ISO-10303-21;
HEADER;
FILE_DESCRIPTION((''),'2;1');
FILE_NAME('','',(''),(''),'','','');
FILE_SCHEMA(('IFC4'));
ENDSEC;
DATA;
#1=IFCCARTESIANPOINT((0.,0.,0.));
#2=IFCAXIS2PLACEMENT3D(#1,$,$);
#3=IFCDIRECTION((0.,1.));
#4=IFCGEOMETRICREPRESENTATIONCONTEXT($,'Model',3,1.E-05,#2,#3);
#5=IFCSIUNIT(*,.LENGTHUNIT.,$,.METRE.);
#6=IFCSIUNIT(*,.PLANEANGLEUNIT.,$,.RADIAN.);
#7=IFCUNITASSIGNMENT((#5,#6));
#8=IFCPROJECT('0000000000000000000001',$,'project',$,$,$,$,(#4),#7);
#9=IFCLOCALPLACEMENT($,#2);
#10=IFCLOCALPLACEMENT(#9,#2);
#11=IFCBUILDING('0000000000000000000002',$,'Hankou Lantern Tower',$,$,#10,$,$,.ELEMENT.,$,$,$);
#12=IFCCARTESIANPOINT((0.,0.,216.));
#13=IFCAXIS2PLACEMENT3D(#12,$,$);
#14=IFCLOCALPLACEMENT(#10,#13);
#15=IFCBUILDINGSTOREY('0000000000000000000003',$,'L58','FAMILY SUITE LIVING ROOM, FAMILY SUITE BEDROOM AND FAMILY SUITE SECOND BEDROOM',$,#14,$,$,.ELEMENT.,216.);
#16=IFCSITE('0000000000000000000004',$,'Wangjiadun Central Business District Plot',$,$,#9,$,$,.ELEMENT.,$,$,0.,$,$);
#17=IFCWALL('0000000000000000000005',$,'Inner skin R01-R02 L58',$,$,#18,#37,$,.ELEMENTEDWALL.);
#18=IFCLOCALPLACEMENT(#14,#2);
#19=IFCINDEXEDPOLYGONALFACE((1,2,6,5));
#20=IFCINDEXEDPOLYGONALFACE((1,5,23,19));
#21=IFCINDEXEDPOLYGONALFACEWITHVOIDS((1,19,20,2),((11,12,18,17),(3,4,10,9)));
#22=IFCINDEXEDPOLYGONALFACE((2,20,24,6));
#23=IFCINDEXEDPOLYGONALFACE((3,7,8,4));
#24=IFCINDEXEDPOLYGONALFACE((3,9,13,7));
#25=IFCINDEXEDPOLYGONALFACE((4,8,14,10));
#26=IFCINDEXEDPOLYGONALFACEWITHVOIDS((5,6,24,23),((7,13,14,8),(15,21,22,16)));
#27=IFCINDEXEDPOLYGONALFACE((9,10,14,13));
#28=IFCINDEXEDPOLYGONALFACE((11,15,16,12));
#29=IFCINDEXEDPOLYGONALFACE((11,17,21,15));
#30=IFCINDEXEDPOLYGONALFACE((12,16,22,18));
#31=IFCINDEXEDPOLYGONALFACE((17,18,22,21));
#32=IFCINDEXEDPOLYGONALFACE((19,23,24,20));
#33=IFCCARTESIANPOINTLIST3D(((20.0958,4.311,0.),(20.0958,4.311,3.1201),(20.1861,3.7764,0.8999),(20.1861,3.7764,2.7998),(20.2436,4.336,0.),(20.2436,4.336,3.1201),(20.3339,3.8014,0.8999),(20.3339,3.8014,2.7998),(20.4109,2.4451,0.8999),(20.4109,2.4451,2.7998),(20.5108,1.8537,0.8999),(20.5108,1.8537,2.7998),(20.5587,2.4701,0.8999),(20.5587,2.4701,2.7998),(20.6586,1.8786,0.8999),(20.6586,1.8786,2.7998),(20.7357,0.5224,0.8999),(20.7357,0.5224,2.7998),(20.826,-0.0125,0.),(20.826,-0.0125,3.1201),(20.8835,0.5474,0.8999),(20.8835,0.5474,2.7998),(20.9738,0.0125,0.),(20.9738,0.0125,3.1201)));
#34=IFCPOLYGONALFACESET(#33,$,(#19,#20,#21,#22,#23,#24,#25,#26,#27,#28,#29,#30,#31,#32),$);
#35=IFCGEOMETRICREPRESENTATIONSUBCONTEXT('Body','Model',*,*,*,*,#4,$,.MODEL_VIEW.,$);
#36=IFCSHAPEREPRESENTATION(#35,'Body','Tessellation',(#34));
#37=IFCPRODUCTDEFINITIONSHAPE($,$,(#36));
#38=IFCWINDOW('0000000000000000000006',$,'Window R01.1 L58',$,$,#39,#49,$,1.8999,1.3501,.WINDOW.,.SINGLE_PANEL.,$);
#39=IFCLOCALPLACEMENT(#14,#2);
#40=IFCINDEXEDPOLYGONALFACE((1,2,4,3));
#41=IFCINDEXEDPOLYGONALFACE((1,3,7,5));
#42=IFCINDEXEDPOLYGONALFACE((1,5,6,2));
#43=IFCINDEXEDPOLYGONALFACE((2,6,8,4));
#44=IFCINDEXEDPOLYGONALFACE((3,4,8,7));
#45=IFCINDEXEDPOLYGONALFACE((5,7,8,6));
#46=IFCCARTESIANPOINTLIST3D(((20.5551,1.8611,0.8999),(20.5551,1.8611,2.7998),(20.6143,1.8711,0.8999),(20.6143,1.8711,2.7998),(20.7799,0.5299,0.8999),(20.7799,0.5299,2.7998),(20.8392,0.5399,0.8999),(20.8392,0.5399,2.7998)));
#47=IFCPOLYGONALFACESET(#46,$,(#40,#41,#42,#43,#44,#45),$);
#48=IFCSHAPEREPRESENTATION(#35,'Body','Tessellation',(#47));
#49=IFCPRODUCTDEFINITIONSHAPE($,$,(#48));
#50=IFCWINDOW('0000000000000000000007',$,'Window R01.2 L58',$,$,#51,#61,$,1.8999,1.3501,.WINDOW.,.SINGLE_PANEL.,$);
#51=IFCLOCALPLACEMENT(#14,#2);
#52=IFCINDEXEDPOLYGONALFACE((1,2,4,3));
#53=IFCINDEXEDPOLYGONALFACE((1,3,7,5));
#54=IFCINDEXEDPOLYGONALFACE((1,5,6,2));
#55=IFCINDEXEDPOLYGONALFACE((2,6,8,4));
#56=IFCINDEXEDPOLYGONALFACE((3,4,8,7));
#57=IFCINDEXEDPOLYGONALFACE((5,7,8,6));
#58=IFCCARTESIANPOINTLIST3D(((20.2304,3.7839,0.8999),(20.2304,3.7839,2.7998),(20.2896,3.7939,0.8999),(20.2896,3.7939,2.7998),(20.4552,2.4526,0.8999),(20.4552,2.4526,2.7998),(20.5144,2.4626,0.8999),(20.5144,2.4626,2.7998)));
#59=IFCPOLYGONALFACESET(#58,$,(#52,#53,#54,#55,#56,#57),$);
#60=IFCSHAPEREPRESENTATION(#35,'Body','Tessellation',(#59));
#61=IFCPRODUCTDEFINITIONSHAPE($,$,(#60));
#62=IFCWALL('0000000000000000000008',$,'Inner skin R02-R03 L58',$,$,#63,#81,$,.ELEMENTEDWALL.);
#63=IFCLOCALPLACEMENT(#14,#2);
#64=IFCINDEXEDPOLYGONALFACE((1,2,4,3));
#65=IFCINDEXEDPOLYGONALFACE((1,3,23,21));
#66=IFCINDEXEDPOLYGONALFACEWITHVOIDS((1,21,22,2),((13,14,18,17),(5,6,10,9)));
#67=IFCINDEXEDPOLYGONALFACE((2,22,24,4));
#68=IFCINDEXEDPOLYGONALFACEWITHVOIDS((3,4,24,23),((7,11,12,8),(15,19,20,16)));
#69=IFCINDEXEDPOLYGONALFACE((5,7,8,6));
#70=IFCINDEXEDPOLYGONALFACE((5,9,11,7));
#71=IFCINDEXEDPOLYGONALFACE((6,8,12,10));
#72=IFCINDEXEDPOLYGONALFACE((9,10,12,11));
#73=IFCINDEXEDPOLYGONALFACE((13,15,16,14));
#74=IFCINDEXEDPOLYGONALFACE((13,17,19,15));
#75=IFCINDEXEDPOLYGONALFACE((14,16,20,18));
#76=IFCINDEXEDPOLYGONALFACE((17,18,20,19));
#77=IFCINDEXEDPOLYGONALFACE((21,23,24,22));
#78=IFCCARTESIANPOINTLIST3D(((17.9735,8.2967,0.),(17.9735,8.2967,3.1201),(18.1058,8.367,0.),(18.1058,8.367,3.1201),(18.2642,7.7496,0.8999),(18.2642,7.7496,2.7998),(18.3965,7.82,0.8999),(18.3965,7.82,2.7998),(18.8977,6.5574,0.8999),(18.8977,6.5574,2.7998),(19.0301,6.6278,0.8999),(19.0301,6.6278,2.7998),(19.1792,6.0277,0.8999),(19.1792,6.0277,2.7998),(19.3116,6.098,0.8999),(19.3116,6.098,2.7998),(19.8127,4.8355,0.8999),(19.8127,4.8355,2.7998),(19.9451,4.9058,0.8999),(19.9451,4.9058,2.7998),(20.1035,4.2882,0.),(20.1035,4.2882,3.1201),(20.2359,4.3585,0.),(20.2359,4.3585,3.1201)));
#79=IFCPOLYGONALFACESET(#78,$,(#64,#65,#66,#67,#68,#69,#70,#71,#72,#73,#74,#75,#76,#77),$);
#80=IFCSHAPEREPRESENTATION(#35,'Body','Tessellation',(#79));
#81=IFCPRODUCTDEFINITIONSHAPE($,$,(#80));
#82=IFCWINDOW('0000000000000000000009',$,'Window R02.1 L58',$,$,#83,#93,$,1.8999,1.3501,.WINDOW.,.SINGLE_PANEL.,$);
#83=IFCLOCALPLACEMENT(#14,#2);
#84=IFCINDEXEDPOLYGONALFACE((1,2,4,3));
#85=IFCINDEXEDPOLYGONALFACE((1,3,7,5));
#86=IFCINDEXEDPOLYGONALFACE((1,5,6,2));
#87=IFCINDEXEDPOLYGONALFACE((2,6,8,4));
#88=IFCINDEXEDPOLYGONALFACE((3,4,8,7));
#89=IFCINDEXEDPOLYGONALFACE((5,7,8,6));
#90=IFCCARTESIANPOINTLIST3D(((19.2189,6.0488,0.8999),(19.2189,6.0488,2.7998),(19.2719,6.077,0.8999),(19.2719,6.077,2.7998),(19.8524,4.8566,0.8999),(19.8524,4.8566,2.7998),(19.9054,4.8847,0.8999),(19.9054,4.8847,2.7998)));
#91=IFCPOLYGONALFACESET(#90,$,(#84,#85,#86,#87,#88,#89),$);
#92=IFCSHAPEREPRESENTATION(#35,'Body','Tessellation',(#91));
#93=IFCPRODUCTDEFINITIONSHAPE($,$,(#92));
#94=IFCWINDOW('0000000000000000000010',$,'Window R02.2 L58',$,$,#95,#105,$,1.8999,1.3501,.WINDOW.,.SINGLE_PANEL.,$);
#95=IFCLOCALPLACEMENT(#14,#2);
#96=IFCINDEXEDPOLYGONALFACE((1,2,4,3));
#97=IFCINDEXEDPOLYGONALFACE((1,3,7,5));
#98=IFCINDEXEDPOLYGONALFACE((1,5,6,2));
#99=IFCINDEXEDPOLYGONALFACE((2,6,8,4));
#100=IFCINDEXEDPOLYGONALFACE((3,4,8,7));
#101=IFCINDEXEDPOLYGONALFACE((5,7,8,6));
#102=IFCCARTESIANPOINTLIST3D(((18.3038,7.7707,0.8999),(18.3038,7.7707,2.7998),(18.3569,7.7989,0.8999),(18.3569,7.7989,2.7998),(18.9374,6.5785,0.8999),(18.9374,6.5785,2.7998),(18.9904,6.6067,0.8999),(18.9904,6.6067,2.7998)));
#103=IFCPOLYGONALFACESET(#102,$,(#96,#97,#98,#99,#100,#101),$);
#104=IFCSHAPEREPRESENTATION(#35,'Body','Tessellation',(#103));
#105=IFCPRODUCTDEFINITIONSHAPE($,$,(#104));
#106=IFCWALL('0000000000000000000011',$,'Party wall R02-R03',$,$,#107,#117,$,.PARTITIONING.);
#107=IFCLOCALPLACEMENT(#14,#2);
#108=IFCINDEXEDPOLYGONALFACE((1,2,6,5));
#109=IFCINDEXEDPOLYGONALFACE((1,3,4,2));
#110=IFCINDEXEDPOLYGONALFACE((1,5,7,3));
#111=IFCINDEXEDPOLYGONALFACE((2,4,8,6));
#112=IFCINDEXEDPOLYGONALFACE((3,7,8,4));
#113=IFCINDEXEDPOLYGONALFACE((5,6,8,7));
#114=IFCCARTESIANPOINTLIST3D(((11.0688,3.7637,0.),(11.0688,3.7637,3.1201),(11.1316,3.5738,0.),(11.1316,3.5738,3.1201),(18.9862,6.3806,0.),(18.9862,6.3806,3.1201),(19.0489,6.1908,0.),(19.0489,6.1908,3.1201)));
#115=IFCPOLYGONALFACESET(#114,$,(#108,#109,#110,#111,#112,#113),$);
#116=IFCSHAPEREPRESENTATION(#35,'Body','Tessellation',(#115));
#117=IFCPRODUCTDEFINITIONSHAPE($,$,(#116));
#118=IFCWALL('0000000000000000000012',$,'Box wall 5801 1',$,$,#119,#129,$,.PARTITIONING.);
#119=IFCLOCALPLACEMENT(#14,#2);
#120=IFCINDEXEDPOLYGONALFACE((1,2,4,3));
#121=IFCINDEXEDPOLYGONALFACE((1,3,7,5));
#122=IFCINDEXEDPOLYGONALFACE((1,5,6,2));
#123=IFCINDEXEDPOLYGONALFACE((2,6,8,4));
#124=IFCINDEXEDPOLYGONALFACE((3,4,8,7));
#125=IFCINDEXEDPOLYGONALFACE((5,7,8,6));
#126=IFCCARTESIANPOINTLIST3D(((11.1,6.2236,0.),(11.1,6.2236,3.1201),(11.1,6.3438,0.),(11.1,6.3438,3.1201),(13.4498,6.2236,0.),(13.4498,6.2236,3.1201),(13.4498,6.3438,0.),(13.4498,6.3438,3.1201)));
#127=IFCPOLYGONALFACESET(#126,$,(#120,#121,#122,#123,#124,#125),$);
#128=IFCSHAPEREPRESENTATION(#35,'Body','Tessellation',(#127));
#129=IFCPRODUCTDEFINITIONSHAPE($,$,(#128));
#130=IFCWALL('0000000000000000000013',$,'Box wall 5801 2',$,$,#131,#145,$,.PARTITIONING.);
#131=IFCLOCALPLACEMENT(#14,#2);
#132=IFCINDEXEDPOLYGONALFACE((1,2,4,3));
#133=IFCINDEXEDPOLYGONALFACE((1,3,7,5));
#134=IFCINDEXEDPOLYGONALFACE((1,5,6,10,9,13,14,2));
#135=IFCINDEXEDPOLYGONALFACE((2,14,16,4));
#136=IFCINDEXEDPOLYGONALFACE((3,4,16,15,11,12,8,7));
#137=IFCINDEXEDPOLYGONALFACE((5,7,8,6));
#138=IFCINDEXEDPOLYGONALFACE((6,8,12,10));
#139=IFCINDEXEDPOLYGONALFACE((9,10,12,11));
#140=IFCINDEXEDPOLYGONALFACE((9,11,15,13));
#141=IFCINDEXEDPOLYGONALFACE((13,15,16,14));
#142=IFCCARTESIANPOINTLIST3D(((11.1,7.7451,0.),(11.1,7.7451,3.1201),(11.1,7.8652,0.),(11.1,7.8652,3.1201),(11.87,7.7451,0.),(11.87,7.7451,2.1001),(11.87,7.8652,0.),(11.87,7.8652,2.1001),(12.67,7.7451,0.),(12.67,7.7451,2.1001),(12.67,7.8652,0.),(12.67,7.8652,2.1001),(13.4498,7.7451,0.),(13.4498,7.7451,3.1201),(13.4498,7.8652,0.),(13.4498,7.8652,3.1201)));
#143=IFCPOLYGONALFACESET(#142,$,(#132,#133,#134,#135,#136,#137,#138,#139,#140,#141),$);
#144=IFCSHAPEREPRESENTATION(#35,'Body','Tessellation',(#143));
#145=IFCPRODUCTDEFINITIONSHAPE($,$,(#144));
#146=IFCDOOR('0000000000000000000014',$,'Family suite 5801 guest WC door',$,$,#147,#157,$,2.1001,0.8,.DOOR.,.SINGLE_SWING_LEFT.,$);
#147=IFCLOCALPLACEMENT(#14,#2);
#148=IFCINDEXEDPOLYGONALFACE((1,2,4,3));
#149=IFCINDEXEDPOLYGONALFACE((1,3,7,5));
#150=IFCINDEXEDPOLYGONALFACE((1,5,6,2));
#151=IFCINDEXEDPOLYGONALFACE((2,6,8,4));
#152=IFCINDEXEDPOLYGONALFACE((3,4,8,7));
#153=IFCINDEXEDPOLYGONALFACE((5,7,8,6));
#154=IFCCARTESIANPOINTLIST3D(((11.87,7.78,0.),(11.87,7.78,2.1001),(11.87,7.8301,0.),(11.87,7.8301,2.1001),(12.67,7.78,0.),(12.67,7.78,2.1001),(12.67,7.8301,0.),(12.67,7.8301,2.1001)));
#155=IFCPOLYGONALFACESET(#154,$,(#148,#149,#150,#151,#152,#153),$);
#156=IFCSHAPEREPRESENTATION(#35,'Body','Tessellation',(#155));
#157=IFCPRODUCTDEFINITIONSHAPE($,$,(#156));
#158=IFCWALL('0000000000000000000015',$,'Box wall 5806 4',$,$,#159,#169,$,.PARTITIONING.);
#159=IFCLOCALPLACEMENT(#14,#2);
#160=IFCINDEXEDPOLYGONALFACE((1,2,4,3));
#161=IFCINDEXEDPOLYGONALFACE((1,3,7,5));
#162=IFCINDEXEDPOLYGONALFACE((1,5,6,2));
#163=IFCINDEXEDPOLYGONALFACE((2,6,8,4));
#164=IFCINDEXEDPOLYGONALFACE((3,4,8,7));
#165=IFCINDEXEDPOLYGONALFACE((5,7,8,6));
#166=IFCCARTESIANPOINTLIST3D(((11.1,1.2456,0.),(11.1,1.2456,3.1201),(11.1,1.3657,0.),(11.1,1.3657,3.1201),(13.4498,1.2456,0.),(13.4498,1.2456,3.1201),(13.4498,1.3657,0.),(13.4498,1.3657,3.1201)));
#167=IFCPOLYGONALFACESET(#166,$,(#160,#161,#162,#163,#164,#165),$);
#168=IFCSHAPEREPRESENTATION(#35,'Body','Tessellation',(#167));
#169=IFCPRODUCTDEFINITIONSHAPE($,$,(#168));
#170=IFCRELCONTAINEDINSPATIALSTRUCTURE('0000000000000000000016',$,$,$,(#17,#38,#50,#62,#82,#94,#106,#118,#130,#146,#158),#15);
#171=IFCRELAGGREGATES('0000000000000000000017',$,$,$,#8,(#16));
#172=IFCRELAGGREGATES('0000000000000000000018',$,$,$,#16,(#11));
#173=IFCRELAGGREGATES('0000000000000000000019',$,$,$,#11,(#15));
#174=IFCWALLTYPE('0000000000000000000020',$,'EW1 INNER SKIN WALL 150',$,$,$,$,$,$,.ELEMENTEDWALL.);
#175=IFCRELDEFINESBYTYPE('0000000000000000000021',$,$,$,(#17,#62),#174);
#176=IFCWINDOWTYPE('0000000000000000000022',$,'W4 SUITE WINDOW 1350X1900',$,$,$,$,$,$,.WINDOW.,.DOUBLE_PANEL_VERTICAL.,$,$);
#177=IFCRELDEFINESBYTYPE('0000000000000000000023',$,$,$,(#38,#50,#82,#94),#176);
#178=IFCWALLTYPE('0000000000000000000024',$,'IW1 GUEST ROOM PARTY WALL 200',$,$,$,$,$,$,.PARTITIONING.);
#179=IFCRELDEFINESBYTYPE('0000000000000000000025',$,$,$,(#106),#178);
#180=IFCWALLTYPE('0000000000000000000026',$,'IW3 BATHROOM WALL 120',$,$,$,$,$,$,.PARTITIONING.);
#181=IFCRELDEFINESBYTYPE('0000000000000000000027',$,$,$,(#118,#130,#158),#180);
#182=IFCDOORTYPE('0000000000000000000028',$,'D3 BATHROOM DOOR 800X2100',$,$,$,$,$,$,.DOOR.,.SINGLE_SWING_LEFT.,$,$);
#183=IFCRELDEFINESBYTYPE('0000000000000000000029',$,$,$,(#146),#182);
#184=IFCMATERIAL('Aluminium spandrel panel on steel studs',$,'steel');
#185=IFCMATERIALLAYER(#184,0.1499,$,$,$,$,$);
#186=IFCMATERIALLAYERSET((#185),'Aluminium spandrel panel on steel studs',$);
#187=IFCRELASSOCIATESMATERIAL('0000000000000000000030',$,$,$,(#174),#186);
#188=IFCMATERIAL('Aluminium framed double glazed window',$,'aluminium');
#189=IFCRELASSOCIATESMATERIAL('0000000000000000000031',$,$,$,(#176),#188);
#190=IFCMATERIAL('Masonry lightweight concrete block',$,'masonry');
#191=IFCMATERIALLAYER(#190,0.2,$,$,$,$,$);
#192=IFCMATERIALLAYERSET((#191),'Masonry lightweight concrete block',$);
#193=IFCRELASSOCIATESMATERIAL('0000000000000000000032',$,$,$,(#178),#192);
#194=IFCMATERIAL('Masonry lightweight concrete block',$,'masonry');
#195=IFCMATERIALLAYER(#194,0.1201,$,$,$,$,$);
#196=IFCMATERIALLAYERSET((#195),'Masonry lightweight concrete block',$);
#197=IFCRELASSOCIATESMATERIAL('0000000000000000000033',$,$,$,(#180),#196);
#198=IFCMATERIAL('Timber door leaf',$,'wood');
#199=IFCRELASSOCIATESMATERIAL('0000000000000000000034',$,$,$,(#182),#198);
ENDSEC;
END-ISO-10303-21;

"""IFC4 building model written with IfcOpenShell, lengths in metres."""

from ifc_helpers import new_model, si_unit, direction, frame, frame_2d, origin, place, context, subcontext, project, spatial, rectangle, extrude, material, layer, layer_set, type_object, element, fill, save


model = new_model("IFC4")

# Units and contexts
model_context = context("Model", 3, precision=1e-05, world=origin(), true_north=direction((0.0, 1.0)))
body_context = subcontext(model_context, "Body", "Model", "MODEL_VIEW")
ifc_project = project(units=[si_unit("LENGTHUNIT", "METRE"), si_unit("PLANEANGLEUNIT", "RADIAN")], contexts=[model_context])

# Site, building, storey
site_placement = place(None, origin())
site = spatial("IfcSite", under=ifc_project, at=site_placement, Name="Wangjiadun Central Business District Plot", CompositionType="ELEMENT", RefElevation=0.0)
building_placement = place(site_placement, origin())
building = spatial("IfcBuilding", under=site, at=building_placement, Name="Hankou Lantern Tower", CompositionType="ELEMENT")
storey_placement = place(building_placement, frame((0.0, 0.0, 216.0)))
storey = spatial("IfcBuildingStorey", under=building, at=storey_placement, Name="L58", Description="FAMILY SUITE LIVING ROOM, FAMILY SUITE BEDROOM AND FAMILY SUITE SECOND BEDROOM", CompositionType="ELEMENT", Elevation=216.0)

# Walls, openings, windows
ifc_material_1 = material(Name="Aluminium spandrel panel on steel studs", Category="steel")
ifc_layer_1 = layer(ifc_material_1, 0.1499)
ifc_layer_set_1 = layer_set([ifc_layer_1], Name="Aluminium spandrel panel on steel studs")
wall_type_1 = type_object("IfcWallType", Name="EW1 INNER SKIN WALL 150", PredefinedType="ELEMENTEDWALL", material=ifc_layer_set_1)
wall_1_placement = place(storey_placement, frame((20.8999, 0.0, 0.0), z_axis=(0.0, 0.0, 1.0), x_axis=(-0.166539, 0.986035, 0.0)))
wall_1 = element("IfcWall", 1, at=wall_1_placement, inside=storey, type_object=wall_type_1, Name="Inner skin R01-R02 L58", PredefinedType="ELEMENTEDWALL", context=body_context, shape_type="SweptSolid", body=[
    extrude(rectangle(XDim=4.3848, YDim=0.1499, at=frame_2d((2.1924, 0.0))), origin(), (0.0, 0.0, 1.0), 3.1201),
])
opening_1_placement = place(wall_1_placement, frame((0.5425, 0.0, 0.8999)))
opening_1 = element("IfcOpeningElement", 2, at=opening_1_placement, cuts=wall_1, PredefinedType="OPENING", context=body_context, shape_type="SweptSolid", body=[
    extrude(rectangle(XDim=1.3501, YDim=1.8999, at=frame_2d((0.675, 0.95))), frame((0.0, 0.085, 0.0), z_axis=(0.0, -1.0, 0.0), x_axis=(1.0, 0.0, 0.0)), (0.0, 0.0, 1.0), 0.1699),
])
opening_2_placement = place(wall_1_placement, frame((2.4924, 0.0, 0.8999)))
opening_2 = element("IfcOpeningElement", 3, at=opening_2_placement, cuts=wall_1, PredefinedType="OPENING", context=body_context, shape_type="SweptSolid", body=[
    extrude(rectangle(XDim=1.3501, YDim=1.8999, at=frame_2d((0.675, 0.95))), frame((0.0, 0.085, 0.0), z_axis=(0.0, -1.0, 0.0), x_axis=(1.0, 0.0, 0.0)), (0.0, 0.0, 1.0), 0.1699),
])
ifc_material_2 = material(Name="Aluminium framed double glazed window", Category="aluminium")
window_type = type_object("IfcWindowType", Name="W4 SUITE WINDOW 1350X1900", PartitioningType="DOUBLE_PANEL_VERTICAL", PredefinedType="WINDOW", material=ifc_material_2)
window_1_placement = place(opening_1_placement, origin())
window_1 = element("IfcWindow", 4, at=window_1_placement, inside=storey, type_object=window_type, Name="Window R01.1 L58", OverallHeight=1.8999, OverallWidth=1.3501, PartitioningType="SINGLE_PANEL", PredefinedType="WINDOW", context=body_context, shape_type="SweptSolid", body=[
    extrude(rectangle(XDim=1.3501, YDim=1.8999, at=frame_2d((0.675, 0.95))), frame((0.0, 0.03, 0.0), z_axis=(0.0, -1.0, 0.0), x_axis=(1.0, 0.0, 0.0)), (0.0, 0.0, 1.0), 0.0601),
])
fill(opening_1, window_1)
window_2_placement = place(opening_2_placement, origin())
window_2 = element("IfcWindow", 5, at=window_2_placement, inside=storey, type_object=window_type, Name="Window R01.2 L58", OverallHeight=1.8999, OverallWidth=1.3501, PartitioningType="SINGLE_PANEL", PredefinedType="WINDOW", context=body_context, shape_type="SweptSolid", body=[
    extrude(rectangle(XDim=1.3501, YDim=1.8999, at=frame_2d((0.675, 0.95))), frame((0.0, 0.03, 0.0), z_axis=(0.0, -1.0, 0.0), x_axis=(1.0, 0.0, 0.0)), (0.0, 0.0, 1.0), 0.0601),
])
fill(opening_2, window_2)
wall_2_placement = place(storey_placement, frame((20.1697, 4.3235, 0.0), z_axis=(0.0, 0.0, 1.0), x_axis=(-0.469256, 0.883062, 0.0)))
wall_2 = element("IfcWall", 6, at=wall_2_placement, inside=storey, type_object=wall_type_1, Name="Inner skin R02-R03 L58", PredefinedType="ELEMENTEDWALL", context=body_context, shape_type="SweptSolid", body=[
    extrude(rectangle(XDim=4.5393, YDim=0.1499, at=frame_2d((2.2695, 0.0))), origin(), (0.0, 0.0, 1.0), 3.1201),
])
opening_3_placement = place(wall_2_placement, frame((0.6196, 0.0, 0.8999)))
opening_3 = element("IfcOpeningElement", 7, at=opening_3_placement, cuts=wall_2, PredefinedType="OPENING", context=body_context, shape_type="SweptSolid", body=[
    extrude(rectangle(XDim=1.3501, YDim=1.8999, at=frame_2d((0.675, 0.95))), frame((0.0, 0.085, 0.0), z_axis=(0.0, -1.0, 0.0), x_axis=(1.0, 0.0, 0.0)), (0.0, 0.0, 1.0), 0.1699),
])
opening_4_placement = place(wall_2_placement, frame((2.5696, 0.0, 0.8999)))
opening_4 = element("IfcOpeningElement", 8, at=opening_4_placement, cuts=wall_2, PredefinedType="OPENING", context=body_context, shape_type="SweptSolid", body=[
    extrude(rectangle(XDim=1.3501, YDim=1.8999, at=frame_2d((0.675, 0.95))), frame((0.0, 0.085, 0.0), z_axis=(0.0, -1.0, 0.0), x_axis=(1.0, 0.0, 0.0)), (0.0, 0.0, 1.0), 0.1699),
])
window_3_placement = place(opening_3_placement, origin())
window_3 = element("IfcWindow", 9, at=window_3_placement, inside=storey, type_object=window_type, Name="Window R02.1 L58", OverallHeight=1.8999, OverallWidth=1.3501, PartitioningType="SINGLE_PANEL", PredefinedType="WINDOW", context=body_context, shape_type="SweptSolid", body=[
    extrude(rectangle(XDim=1.3501, YDim=1.8999, at=frame_2d((0.675, 0.95))), frame((0.0, 0.03, 0.0), z_axis=(0.0, -1.0, 0.0), x_axis=(1.0, 0.0, 0.0)), (0.0, 0.0, 1.0), 0.0601),
])
fill(opening_3, window_3)
window_4_placement = place(opening_4_placement, origin())
window_4 = element("IfcWindow", 10, at=window_4_placement, inside=storey, type_object=window_type, Name="Window R02.2 L58", OverallHeight=1.8999, OverallWidth=1.3501, PartitioningType="SINGLE_PANEL", PredefinedType="WINDOW", context=body_context, shape_type="SweptSolid", body=[
    extrude(rectangle(XDim=1.3501, YDim=1.8999, at=frame_2d((0.675, 0.95))), frame((0.0, 0.03, 0.0), z_axis=(0.0, -1.0, 0.0), x_axis=(1.0, 0.0, 0.0)), (0.0, 0.0, 1.0), 0.0601),
])
fill(opening_4, window_4)

# Walls
ifc_material_3 = material(Name="Masonry lightweight concrete block", Category="masonry")
ifc_layer_2 = layer(ifc_material_3, 0.2)
ifc_layer_set_2 = layer_set([ifc_layer_2], Name="Masonry lightweight concrete block")
wall_type_2 = type_object("IfcWallType", Name="IW1 GUEST ROOM PARTY WALL 200", PredefinedType="PARTITIONING", material=ifc_layer_set_2)
wall_3_placement = place(storey_placement, frame((11.1001, 3.6687, 0.0), z_axis=(0.0, 0.0, 1.0), x_axis=(0.949477, 0.313838, 0.0)))
element("IfcWall", 11, at=wall_3_placement, inside=storey, type_object=wall_type_2, Name="Party wall R02-R03", PredefinedType="PARTITIONING", context=body_context, shape_type="SweptSolid", body=[
    extrude(rectangle(XDim=8.3386, YDim=0.2, at=frame_2d((4.1694, 0.0))), origin(), (0.0, 0.0, 1.0), 3.1201),
])
ifc_material_4 = material(Name="Masonry lightweight concrete block", Category="masonry")
ifc_layer_3 = layer(ifc_material_4, 0.1201)
ifc_layer_set_3 = layer_set([ifc_layer_3], Name="Masonry lightweight concrete block")
wall_type_3 = type_object("IfcWallType", Name="IW3 BATHROOM WALL 120", PredefinedType="PARTITIONING", material=ifc_layer_set_3)
wall_4_placement = place(storey_placement, frame((11.1001, 6.2837, 0.0), z_axis=(0.0, 0.0, 1.0), x_axis=(1.0, 0.0, 0.0)))
element("IfcWall", 12, at=wall_4_placement, inside=storey, type_object=wall_type_3, Name="Box wall 5801 1", PredefinedType="PARTITIONING", context=body_context, shape_type="SweptSolid", body=[
    extrude(rectangle(XDim=2.3499, YDim=0.1201, at=frame_2d((1.1748, 0.0))), origin(), (0.0, 0.0, 1.0), 3.1201),
])

# Wall, opening, door
wall_5_placement = place(storey_placement, frame((11.1001, 7.8052, 0.0), z_axis=(0.0, 0.0, 1.0), x_axis=(1.0, 0.0, 0.0)))
wall_5 = element("IfcWall", 13, at=wall_5_placement, inside=storey, type_object=wall_type_3, Name="Box wall 5801 2", PredefinedType="PARTITIONING", context=body_context, shape_type="SweptSolid", body=[
    extrude(rectangle(XDim=2.3499, YDim=0.1201, at=frame_2d((1.1748, 0.0))), origin(), (0.0, 0.0, 1.0), 3.1201),
])
opening_5_placement = place(wall_5_placement, frame((0.77, 0.0, 0.0)))
opening_5 = element("IfcOpeningElement", 14, at=opening_5_placement, cuts=wall_5, PredefinedType="OPENING", context=body_context, shape_type="SweptSolid", body=[
    extrude(rectangle(XDim=0.8, YDim=2.1001, at=frame_2d((0.3999, 1.05))), frame((0.0, 0.0701, 0.0), z_axis=(0.0, -1.0, 0.0), x_axis=(1.0, 0.0, 0.0)), (0.0, 0.0, 1.0), 0.1401),
])
ifc_material_5 = material(Name="Timber door leaf", Category="wood")
door_type_1 = type_object("IfcDoorType", Name="D3 BATHROOM DOOR 800X2100", OperationType="SINGLE_SWING_LEFT", PredefinedType="DOOR", material=ifc_material_5)
door_1_placement = place(opening_5_placement, origin())
door_1 = element("IfcDoor", 15, at=door_1_placement, inside=storey, type_object=door_type_1, Name="Family suite 5801 guest WC door", OperationType="SINGLE_SWING_LEFT", OverallHeight=2.1001, OverallWidth=0.8, PredefinedType="DOOR", context=body_context, shape_type="SweptSolid", body=[
    extrude(rectangle(XDim=0.8, YDim=2.1001, at=frame_2d((0.3999, 1.05))), frame((0.0, 0.0249, 0.0), z_axis=(0.0, -1.0, 0.0), x_axis=(1.0, 0.0, 0.0)), (0.0, 0.0, 1.0), 0.05),
])
fill(opening_5, door_1)

# Wall
wall_6_placement = place(storey_placement, frame((11.1001, 1.3057, 0.0), z_axis=(0.0, 0.0, 1.0), x_axis=(1.0, 0.0, 0.0)))
element("IfcWall", 16, at=wall_6_placement, inside=storey, type_object=wall_type_3, Name="Box wall 5806 4", PredefinedType="PARTITIONING", context=body_context, shape_type="SweptSolid", body=[
    extrude(rectangle(XDim=2.3499, YDim=0.1201, at=frame_2d((1.1748, 0.0))), origin(), (0.0, 0.0, 1.0), 3.1201),
])

save(model, "model.ifc")
